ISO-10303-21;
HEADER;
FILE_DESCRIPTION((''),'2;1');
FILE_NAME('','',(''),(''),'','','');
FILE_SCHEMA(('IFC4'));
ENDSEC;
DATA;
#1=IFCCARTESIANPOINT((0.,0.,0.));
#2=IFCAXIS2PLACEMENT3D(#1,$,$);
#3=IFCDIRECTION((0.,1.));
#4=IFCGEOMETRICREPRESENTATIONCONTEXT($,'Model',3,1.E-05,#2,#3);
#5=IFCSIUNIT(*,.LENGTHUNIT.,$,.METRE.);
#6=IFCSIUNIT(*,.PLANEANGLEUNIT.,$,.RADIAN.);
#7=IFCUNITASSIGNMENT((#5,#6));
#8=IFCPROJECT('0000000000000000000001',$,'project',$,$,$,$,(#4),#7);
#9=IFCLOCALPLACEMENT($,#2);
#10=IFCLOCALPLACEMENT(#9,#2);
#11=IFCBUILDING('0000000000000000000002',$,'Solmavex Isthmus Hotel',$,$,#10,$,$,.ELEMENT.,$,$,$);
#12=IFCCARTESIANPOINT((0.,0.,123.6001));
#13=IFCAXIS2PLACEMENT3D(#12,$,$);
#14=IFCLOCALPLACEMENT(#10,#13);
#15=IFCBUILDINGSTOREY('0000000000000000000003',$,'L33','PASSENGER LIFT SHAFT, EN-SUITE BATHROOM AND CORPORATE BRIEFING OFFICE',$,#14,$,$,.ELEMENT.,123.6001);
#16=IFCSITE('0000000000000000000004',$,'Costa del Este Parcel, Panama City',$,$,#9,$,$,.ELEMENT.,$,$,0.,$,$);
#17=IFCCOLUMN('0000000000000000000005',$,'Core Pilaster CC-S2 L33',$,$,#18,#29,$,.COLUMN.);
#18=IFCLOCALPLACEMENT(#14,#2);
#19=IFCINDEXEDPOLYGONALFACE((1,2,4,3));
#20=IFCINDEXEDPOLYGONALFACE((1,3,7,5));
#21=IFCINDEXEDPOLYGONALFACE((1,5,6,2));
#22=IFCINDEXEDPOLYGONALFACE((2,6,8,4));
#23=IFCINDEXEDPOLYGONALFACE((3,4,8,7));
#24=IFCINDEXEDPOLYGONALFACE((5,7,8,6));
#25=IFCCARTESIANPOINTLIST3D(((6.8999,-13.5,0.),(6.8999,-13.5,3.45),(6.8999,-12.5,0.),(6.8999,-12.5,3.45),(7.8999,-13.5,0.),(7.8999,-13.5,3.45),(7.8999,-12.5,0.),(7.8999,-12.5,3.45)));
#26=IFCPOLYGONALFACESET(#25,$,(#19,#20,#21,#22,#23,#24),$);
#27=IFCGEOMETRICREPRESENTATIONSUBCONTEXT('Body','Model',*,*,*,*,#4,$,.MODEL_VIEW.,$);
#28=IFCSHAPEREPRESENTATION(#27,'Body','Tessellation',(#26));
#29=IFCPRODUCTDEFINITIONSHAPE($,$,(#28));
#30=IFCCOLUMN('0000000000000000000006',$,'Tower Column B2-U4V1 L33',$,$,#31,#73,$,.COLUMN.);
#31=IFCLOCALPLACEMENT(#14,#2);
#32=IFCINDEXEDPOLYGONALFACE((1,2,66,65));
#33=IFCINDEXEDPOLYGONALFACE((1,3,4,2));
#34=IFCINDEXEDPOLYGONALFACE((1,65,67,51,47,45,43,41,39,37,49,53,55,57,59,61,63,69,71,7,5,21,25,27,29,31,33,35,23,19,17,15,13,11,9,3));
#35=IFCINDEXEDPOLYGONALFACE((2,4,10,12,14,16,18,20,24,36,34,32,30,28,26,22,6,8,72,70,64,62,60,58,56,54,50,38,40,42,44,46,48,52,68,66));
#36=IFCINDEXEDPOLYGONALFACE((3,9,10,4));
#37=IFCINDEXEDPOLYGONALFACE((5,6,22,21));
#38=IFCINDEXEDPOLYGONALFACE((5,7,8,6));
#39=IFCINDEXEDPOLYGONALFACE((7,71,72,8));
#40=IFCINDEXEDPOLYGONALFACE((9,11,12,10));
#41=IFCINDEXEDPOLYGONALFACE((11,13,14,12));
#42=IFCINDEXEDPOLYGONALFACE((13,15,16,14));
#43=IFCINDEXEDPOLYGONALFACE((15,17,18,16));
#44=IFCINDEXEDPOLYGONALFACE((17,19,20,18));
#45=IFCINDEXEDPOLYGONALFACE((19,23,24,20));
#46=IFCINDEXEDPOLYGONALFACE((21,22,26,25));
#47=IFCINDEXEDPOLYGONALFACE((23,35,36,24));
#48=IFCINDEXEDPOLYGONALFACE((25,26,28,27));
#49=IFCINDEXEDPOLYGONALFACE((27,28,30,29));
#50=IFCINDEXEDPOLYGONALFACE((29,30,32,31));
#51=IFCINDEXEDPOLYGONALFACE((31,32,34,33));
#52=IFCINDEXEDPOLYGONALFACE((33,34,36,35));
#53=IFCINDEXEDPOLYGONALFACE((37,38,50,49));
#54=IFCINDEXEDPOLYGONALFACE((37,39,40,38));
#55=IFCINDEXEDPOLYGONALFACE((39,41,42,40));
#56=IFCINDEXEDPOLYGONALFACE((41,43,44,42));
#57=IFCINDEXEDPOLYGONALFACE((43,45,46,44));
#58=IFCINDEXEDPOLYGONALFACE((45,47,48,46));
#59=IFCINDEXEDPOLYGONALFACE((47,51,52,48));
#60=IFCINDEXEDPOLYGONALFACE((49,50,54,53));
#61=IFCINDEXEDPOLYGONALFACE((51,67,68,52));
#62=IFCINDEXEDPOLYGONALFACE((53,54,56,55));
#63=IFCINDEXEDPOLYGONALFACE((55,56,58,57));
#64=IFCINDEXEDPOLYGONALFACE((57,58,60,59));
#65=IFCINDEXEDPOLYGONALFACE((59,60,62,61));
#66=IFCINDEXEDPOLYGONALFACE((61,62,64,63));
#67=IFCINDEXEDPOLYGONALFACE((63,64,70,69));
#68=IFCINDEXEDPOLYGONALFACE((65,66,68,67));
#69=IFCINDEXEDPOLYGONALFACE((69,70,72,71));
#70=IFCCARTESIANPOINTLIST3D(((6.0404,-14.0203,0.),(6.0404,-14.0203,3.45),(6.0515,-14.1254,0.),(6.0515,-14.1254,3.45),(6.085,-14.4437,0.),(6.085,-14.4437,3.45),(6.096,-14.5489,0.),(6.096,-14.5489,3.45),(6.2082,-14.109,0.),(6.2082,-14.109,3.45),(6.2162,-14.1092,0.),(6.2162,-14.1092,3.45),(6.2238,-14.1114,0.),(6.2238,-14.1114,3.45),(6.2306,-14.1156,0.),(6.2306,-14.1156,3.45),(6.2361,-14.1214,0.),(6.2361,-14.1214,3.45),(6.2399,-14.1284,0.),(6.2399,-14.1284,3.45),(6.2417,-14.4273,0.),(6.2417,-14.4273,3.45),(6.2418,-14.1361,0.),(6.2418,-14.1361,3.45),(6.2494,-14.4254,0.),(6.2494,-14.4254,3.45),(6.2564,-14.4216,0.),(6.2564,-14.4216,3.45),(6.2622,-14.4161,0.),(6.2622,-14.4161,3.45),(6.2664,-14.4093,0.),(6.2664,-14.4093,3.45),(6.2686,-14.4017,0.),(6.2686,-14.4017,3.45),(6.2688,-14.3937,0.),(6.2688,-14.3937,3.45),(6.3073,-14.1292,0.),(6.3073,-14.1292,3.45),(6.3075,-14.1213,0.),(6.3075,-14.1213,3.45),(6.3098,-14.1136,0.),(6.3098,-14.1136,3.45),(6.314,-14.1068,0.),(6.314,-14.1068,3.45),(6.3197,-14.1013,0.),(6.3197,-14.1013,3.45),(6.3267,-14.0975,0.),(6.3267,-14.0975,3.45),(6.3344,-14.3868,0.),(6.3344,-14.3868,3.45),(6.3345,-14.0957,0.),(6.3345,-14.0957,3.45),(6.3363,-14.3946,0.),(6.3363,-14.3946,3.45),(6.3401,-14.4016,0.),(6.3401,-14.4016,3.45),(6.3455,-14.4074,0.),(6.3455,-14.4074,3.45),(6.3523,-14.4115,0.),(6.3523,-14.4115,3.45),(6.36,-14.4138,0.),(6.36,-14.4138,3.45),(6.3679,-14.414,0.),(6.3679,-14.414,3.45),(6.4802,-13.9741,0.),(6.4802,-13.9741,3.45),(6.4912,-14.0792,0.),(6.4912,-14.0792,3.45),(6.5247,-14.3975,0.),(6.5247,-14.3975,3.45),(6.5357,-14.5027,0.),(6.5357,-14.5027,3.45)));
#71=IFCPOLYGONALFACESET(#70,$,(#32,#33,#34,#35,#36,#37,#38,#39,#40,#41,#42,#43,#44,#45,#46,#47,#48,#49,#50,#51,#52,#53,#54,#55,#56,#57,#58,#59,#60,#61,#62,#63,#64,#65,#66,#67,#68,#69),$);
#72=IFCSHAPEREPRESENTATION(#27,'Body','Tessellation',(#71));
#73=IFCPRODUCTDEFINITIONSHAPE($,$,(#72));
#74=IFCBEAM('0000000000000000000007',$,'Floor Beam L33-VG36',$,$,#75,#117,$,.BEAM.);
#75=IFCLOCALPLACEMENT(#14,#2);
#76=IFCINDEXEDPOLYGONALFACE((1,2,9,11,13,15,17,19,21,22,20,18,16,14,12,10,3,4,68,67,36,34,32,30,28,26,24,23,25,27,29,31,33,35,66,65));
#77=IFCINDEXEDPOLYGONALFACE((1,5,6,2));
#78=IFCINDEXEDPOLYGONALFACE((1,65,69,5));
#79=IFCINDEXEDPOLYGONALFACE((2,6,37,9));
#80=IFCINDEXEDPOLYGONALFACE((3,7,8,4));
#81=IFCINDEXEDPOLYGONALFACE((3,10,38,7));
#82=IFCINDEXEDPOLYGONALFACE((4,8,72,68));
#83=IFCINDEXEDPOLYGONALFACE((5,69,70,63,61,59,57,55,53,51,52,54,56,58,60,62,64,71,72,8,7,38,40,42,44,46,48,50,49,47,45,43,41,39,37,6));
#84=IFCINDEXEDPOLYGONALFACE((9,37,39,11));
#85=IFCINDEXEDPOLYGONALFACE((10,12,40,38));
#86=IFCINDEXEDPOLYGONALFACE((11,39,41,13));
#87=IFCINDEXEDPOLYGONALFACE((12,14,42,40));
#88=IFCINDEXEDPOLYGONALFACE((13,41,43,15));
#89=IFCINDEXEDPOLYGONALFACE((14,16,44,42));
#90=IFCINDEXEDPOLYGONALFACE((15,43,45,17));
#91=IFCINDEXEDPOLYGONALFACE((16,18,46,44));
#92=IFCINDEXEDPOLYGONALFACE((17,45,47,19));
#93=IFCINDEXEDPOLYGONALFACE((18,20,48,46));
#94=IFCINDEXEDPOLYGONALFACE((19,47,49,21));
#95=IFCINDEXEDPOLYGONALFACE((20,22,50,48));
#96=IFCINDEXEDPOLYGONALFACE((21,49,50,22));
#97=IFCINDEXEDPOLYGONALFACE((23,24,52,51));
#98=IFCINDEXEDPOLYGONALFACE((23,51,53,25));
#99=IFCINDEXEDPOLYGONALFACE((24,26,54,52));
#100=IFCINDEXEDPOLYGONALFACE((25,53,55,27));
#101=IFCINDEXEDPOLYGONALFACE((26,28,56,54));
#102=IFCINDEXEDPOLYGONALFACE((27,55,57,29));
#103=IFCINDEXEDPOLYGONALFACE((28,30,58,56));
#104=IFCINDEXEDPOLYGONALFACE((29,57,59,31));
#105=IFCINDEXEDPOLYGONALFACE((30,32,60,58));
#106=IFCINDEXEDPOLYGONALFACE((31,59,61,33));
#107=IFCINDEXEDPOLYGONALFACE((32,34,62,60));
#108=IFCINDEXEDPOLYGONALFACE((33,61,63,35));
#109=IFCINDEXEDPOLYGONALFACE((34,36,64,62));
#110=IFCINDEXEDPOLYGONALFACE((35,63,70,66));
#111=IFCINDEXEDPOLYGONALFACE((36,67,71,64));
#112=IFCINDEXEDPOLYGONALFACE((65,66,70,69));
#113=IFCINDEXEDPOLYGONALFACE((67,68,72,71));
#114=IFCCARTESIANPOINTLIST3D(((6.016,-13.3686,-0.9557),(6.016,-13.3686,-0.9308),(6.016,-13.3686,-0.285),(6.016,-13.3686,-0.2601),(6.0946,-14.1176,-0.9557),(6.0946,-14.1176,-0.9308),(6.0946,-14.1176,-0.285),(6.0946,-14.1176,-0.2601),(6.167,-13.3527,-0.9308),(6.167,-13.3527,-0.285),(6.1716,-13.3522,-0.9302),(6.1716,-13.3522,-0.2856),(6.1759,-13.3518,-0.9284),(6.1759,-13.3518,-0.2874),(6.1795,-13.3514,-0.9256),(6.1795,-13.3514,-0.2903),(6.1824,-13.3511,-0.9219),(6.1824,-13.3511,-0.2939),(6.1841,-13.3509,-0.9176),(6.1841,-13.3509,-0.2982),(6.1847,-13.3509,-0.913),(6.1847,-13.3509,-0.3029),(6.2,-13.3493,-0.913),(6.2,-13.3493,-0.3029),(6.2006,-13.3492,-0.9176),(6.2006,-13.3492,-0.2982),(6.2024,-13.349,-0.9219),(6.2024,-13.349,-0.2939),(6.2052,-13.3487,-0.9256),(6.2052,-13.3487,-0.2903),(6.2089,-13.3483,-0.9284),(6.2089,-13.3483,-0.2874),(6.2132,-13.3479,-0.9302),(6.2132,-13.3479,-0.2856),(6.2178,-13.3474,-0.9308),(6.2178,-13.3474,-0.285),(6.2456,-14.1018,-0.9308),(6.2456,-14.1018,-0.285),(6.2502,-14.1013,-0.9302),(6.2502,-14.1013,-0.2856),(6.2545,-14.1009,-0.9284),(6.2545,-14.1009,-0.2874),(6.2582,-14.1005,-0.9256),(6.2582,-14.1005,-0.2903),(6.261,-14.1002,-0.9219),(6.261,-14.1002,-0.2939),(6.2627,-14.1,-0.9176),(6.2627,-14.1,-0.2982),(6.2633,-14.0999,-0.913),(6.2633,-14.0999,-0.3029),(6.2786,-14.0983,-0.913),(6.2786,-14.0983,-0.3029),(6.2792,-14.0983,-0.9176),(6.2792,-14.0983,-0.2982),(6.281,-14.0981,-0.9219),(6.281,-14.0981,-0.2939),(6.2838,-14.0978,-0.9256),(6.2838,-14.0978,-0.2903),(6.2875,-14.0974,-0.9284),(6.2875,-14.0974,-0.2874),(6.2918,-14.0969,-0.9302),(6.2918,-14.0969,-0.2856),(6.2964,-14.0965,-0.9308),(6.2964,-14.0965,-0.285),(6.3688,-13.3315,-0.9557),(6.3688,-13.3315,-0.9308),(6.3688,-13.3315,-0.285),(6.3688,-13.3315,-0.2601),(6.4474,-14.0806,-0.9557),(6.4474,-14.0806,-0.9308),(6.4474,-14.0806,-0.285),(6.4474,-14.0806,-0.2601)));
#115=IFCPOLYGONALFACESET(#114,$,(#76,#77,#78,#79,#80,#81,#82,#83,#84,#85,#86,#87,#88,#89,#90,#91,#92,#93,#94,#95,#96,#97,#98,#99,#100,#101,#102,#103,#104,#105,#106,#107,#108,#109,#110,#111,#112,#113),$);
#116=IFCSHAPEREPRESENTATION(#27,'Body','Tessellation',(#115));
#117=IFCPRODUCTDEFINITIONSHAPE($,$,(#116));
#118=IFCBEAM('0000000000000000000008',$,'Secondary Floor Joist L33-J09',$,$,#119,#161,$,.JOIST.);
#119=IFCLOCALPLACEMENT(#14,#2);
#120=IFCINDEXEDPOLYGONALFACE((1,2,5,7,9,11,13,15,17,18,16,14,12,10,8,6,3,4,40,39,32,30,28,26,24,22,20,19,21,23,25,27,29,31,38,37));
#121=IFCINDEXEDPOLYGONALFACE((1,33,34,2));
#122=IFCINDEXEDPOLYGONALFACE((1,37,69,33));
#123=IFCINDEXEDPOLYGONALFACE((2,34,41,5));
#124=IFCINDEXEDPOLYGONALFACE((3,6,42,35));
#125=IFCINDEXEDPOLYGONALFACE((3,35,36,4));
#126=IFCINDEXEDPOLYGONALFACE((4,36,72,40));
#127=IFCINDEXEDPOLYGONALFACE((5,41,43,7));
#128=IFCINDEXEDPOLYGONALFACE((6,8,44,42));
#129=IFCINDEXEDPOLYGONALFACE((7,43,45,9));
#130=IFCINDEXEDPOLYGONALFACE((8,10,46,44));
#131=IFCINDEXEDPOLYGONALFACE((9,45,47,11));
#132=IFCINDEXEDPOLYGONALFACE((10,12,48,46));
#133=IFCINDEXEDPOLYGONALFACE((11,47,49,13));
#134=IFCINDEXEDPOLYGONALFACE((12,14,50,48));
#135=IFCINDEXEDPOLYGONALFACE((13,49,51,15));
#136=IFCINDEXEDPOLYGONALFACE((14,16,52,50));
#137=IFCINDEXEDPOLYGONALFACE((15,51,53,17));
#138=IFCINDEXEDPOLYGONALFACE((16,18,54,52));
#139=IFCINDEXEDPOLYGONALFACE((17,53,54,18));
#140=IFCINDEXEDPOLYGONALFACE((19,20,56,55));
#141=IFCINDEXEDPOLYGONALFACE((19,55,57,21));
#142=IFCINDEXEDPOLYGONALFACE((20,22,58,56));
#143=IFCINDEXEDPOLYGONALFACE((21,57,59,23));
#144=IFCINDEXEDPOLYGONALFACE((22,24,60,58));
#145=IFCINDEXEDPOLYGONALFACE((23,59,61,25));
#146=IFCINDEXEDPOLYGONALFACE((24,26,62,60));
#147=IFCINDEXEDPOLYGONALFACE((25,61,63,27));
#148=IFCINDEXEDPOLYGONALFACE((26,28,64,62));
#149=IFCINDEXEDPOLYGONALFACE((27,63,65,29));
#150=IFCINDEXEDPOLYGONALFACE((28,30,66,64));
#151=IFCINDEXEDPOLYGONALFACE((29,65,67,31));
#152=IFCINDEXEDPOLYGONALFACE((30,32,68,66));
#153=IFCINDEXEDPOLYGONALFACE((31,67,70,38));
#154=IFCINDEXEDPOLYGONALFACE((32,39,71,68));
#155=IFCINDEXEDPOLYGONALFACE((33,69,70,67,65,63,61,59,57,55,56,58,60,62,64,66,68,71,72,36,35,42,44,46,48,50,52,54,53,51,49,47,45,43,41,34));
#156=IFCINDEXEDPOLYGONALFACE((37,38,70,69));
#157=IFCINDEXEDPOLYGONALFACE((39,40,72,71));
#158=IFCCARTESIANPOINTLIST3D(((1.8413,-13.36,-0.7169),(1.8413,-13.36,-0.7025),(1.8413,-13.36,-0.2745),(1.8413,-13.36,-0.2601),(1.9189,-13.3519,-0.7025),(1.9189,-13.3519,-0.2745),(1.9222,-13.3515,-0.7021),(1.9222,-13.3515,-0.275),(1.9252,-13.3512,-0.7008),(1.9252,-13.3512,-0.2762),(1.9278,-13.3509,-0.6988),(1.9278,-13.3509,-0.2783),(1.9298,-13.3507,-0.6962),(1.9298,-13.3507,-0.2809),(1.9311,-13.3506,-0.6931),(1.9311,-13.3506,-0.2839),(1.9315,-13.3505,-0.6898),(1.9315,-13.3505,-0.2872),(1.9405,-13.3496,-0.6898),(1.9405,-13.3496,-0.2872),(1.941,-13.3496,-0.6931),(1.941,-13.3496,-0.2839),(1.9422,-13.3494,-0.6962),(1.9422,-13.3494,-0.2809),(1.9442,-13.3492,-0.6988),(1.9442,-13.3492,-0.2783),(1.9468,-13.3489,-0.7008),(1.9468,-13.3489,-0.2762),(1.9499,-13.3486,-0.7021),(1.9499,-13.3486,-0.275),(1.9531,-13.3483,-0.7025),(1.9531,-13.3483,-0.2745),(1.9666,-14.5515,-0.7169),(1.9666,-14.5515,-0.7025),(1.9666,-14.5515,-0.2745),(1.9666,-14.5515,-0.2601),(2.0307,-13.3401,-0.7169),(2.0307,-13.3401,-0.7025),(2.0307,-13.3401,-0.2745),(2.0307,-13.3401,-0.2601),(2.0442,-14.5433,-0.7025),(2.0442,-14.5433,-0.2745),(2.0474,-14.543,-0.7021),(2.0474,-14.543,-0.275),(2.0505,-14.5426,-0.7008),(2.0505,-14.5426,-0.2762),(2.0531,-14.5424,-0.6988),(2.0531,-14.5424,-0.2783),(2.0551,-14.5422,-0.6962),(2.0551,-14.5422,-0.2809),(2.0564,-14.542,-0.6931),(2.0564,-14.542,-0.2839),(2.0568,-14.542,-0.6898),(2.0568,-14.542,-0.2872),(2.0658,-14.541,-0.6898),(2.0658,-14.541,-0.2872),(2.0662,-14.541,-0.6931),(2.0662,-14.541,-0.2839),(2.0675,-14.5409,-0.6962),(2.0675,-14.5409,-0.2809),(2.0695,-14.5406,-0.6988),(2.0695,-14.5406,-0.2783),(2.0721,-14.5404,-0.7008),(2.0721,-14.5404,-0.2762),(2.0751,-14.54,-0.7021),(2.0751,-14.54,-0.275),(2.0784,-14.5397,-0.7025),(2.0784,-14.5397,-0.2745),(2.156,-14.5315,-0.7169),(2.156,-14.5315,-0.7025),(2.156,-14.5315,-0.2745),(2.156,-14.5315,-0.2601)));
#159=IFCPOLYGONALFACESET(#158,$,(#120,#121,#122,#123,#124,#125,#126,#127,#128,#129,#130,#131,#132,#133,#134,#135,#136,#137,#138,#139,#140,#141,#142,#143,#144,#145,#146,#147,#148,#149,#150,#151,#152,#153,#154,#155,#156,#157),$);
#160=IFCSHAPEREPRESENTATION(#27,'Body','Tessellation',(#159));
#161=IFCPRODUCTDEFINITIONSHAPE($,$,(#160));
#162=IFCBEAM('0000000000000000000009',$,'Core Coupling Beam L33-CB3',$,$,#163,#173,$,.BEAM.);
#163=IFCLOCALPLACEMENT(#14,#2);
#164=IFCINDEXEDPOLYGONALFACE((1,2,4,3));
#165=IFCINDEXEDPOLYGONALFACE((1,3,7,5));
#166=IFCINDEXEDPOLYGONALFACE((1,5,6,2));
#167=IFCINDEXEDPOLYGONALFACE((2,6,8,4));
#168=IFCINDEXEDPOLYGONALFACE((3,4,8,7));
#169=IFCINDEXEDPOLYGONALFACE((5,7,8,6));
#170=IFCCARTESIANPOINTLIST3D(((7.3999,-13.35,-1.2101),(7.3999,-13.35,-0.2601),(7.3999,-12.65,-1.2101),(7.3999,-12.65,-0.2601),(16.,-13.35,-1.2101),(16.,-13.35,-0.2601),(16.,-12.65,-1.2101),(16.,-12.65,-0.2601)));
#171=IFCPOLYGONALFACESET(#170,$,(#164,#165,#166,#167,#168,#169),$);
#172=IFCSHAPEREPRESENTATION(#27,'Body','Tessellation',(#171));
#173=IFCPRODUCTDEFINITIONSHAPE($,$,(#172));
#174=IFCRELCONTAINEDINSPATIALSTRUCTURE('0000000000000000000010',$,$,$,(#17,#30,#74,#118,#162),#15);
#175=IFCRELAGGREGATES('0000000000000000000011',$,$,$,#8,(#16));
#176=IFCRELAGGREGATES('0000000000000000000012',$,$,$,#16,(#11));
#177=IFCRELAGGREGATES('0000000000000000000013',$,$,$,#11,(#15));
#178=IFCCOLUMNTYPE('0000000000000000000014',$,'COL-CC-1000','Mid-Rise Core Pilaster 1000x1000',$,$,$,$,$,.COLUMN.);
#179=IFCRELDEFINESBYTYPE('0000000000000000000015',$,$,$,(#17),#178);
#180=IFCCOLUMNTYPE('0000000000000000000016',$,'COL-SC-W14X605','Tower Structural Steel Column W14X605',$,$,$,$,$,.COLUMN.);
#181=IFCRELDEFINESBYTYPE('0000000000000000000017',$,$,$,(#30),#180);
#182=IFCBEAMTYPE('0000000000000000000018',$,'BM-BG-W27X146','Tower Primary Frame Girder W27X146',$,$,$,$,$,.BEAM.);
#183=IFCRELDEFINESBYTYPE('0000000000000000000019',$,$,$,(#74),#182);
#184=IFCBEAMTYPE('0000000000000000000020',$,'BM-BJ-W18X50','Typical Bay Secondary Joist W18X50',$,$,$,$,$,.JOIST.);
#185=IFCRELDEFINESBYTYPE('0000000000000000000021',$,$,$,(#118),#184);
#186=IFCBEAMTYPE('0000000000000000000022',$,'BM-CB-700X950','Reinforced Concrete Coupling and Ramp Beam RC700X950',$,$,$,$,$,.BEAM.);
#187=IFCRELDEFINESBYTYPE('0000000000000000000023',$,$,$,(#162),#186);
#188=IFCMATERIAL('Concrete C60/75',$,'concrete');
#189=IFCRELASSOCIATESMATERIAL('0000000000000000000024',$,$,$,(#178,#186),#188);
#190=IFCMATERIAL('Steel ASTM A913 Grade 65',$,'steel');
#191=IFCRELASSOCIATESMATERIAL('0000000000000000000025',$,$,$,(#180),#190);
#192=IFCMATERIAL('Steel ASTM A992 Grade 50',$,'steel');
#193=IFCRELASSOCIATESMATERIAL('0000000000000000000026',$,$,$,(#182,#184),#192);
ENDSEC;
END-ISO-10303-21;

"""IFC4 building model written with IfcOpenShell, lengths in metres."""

from ifc_helpers import new_model, si_unit, direction, frame, origin, origin_2d, place, context, subcontext, project, spatial, rectangle, i_section, extrude, material, material_profile, profile_set, type_object, element, save


model = new_model("IFC4")

# Units and contexts
model_context = context("Model", 3, precision=1e-05, world=origin(), true_north=direction((0.0, 1.0)))
body_context = subcontext(model_context, "Body", "Model", "MODEL_VIEW")
ifc_project = project(units=[si_unit("LENGTHUNIT", "METRE"), si_unit("PLANEANGLEUNIT", "RADIAN")], contexts=[model_context])

# Site, building, storey
site_placement = place(None, origin())
site = spatial("IfcSite", under=ifc_project, at=site_placement, Name="Costa del Este Parcel, Panama City", CompositionType="ELEMENT", RefElevation=0.0)
building_placement = place(site_placement, origin())
building = spatial("IfcBuilding", under=site, at=building_placement, Name="Solmavex Isthmus Hotel", CompositionType="ELEMENT")
storey_placement = place(building_placement, frame((0.0, 0.0, 123.6001)))
storey = spatial("IfcBuildingStorey", under=building, at=storey_placement, Name="L33", Description="PASSENGER LIFT SHAFT, EN-SUITE BATHROOM AND CORPORATE BRIEFING OFFICE", CompositionType="ELEMENT", Elevation=123.6001)

# Columns
ifc_material_1 = material(Name="Concrete C60/75", Category="concrete")
ifc_material_profile_1 = material_profile(ifc_material_1, rectangle(XDim=1.0, YDim=1.0, at=origin_2d()), Name="RC1000X1000")
ifc_profile_set_1 = profile_set([ifc_material_profile_1], Name="Concrete C60/75")
column_type_1 = type_object("IfcColumnType", Name="COL-CC-1000", Description="Mid-Rise Core Pilaster 1000x1000", PredefinedType="COLUMN", material=ifc_profile_set_1)
column_1_placement = place(storey_placement, frame((7.3999, -13.0, 0.0), z_axis=(0.0, 0.0, 1.0), x_axis=(1.0, 0.0, 0.0)))
element("IfcColumn", 1, at=column_1_placement, inside=storey, type_object=column_type_1, Name="Core Pilaster CC-S2 L33", PredefinedType="COLUMN", context=body_context, shape_type="SweptSolid", body=[
    extrude(rectangle(XDim=1.0, YDim=1.0, at=origin_2d()), origin(), (0.0, 0.0, 1.0), 3.45),
])
ifc_material_2 = material(Name="Steel ASTM A913 Grade 65", Category="steel")
ifc_material_profile_2 = material_profile(ifc_material_2, i_section(OverallWidth=0.4421, OverallDepth=0.5315, WebThickness=0.0659, FlangeThickness=0.1057, FilletRadius=0.0305, at=origin_2d()), Name="W14X605")
ifc_profile_set_2 = profile_set([ifc_material_profile_2], Name="Steel ASTM A913 Grade 65")
column_type_2 = type_object("IfcColumnType", Name="COL-SC-W14X605", Description="Tower Structural Steel Column W14X605", PredefinedType="COLUMN", material=ifc_profile_set_2)
column_2_placement = place(storey_placement, frame((6.2881, -14.2615, 0.0), z_axis=(0.0, 0.0, 1.0), x_axis=(0.994522, 0.104528, 0.0)))
element("IfcColumn", 2, at=column_2_placement, inside=storey, type_object=column_type_2, Name="Tower Column B2-U4V1 L33", PredefinedType="COLUMN", context=body_context, shape_type="SweptSolid", body=[
    extrude(i_section(OverallWidth=0.4421, OverallDepth=0.5315, WebThickness=0.0659, FlangeThickness=0.1057, FilletRadius=0.0305, at=origin_2d()), origin(), (0.0, 0.0, 1.0), 3.45),
])

# Beams
ifc_material_3 = material(Name="Steel ASTM A992 Grade 50", Category="steel")
ifc_material_profile_3 = material_profile(ifc_material_3, i_section(OverallWidth=0.3547, OverallDepth=0.6956, WebThickness=0.0154, FlangeThickness=0.0249, FilletRadius=0.0178, at=origin_2d()), Name="W27X146")
ifc_profile_set_3 = profile_set([ifc_material_profile_3], Name="Steel ASTM A992 Grade 50")
beam_type_1 = type_object("IfcBeamType", Name="BM-BG-W27X146", Description="Tower Primary Frame Girder W27X146", PredefinedType="BEAM", material=ifc_profile_set_3)
beam_1_placement = place(storey_placement, frame((6.271, -14.0991, -0.6079), z_axis=(-0.104381, 0.994537, 0.0), x_axis=(-0.994537, -0.104381, 0.0)))
element("IfcBeam", 3, at=beam_1_placement, inside=storey, type_object=beam_type_1, Name="Floor Beam L33-VG36", PredefinedType="BEAM", context=body_context, shape_type="SweptSolid", body=[
    extrude(i_section(OverallWidth=0.3547, OverallDepth=0.6956, WebThickness=0.0154, FlangeThickness=0.0249, FilletRadius=0.0178, at=origin_2d()), origin(), (0.0, 0.0, 1.0), 0.7532),
])
ifc_material_profile_4 = material_profile(ifc_material_3, i_section(OverallWidth=0.1904, OverallDepth=0.4568, WebThickness=0.009, FlangeThickness=0.0144, FilletRadius=0.0127, at=origin_2d()), Name="W18X50")
ifc_profile_set_4 = profile_set([ifc_material_profile_4], Name="Steel ASTM A992 Grade 50")
beam_type_2 = type_object("IfcBeamType", Name="BM-BJ-W18X50", Description="Typical Bay Secondary Joist W18X50", PredefinedType="JOIST", material=ifc_profile_set_4)
beam_2_placement = place(storey_placement, frame((2.0613, -14.5415, -0.4885), z_axis=(-0.104547, 0.99452, 0.0), x_axis=(-0.99452, -0.104547, 0.0)))
element("IfcBeam", 4, at=beam_2_placement, inside=storey, type_object=beam_type_2, Name="Secondary Floor Joist L33-J09", PredefinedType="JOIST", context=body_context, shape_type="SweptSolid", body=[
    extrude(i_section(OverallWidth=0.1904, OverallDepth=0.4568, WebThickness=0.009, FlangeThickness=0.0144, FilletRadius=0.0127, at=origin_2d()), origin(), (0.0, 0.0, 1.0), 1.198),
])
ifc_material_profile_5 = material_profile(ifc_material_1, rectangle(XDim=0.7, YDim=0.95, at=origin_2d()), Name="RC700X950")
ifc_profile_set_5 = profile_set([ifc_material_profile_5], Name="Concrete C60/75")
beam_type_3 = type_object("IfcBeamType", Name="BM-CB-700X950", Description="Reinforced Concrete Coupling and Ramp Beam RC700X950", PredefinedType="BEAM", material=ifc_profile_set_5)
beam_3_placement = place(storey_placement, frame((7.3999, -13.0, -0.7351), z_axis=(1.0, 0.0, 0.0), x_axis=(0.0, 1.0, 0.0)))
element("IfcBeam", 5, at=beam_3_placement, inside=storey, type_object=beam_type_3, Name="Core Coupling Beam L33-CB3", PredefinedType="BEAM", context=body_context, shape_type="SweptSolid", body=[
    extrude(rectangle(XDim=0.7, YDim=0.95, at=origin_2d()), origin(), (0.0, 0.0, 1.0), 8.6001),
])

save(model, "model.ifc")
